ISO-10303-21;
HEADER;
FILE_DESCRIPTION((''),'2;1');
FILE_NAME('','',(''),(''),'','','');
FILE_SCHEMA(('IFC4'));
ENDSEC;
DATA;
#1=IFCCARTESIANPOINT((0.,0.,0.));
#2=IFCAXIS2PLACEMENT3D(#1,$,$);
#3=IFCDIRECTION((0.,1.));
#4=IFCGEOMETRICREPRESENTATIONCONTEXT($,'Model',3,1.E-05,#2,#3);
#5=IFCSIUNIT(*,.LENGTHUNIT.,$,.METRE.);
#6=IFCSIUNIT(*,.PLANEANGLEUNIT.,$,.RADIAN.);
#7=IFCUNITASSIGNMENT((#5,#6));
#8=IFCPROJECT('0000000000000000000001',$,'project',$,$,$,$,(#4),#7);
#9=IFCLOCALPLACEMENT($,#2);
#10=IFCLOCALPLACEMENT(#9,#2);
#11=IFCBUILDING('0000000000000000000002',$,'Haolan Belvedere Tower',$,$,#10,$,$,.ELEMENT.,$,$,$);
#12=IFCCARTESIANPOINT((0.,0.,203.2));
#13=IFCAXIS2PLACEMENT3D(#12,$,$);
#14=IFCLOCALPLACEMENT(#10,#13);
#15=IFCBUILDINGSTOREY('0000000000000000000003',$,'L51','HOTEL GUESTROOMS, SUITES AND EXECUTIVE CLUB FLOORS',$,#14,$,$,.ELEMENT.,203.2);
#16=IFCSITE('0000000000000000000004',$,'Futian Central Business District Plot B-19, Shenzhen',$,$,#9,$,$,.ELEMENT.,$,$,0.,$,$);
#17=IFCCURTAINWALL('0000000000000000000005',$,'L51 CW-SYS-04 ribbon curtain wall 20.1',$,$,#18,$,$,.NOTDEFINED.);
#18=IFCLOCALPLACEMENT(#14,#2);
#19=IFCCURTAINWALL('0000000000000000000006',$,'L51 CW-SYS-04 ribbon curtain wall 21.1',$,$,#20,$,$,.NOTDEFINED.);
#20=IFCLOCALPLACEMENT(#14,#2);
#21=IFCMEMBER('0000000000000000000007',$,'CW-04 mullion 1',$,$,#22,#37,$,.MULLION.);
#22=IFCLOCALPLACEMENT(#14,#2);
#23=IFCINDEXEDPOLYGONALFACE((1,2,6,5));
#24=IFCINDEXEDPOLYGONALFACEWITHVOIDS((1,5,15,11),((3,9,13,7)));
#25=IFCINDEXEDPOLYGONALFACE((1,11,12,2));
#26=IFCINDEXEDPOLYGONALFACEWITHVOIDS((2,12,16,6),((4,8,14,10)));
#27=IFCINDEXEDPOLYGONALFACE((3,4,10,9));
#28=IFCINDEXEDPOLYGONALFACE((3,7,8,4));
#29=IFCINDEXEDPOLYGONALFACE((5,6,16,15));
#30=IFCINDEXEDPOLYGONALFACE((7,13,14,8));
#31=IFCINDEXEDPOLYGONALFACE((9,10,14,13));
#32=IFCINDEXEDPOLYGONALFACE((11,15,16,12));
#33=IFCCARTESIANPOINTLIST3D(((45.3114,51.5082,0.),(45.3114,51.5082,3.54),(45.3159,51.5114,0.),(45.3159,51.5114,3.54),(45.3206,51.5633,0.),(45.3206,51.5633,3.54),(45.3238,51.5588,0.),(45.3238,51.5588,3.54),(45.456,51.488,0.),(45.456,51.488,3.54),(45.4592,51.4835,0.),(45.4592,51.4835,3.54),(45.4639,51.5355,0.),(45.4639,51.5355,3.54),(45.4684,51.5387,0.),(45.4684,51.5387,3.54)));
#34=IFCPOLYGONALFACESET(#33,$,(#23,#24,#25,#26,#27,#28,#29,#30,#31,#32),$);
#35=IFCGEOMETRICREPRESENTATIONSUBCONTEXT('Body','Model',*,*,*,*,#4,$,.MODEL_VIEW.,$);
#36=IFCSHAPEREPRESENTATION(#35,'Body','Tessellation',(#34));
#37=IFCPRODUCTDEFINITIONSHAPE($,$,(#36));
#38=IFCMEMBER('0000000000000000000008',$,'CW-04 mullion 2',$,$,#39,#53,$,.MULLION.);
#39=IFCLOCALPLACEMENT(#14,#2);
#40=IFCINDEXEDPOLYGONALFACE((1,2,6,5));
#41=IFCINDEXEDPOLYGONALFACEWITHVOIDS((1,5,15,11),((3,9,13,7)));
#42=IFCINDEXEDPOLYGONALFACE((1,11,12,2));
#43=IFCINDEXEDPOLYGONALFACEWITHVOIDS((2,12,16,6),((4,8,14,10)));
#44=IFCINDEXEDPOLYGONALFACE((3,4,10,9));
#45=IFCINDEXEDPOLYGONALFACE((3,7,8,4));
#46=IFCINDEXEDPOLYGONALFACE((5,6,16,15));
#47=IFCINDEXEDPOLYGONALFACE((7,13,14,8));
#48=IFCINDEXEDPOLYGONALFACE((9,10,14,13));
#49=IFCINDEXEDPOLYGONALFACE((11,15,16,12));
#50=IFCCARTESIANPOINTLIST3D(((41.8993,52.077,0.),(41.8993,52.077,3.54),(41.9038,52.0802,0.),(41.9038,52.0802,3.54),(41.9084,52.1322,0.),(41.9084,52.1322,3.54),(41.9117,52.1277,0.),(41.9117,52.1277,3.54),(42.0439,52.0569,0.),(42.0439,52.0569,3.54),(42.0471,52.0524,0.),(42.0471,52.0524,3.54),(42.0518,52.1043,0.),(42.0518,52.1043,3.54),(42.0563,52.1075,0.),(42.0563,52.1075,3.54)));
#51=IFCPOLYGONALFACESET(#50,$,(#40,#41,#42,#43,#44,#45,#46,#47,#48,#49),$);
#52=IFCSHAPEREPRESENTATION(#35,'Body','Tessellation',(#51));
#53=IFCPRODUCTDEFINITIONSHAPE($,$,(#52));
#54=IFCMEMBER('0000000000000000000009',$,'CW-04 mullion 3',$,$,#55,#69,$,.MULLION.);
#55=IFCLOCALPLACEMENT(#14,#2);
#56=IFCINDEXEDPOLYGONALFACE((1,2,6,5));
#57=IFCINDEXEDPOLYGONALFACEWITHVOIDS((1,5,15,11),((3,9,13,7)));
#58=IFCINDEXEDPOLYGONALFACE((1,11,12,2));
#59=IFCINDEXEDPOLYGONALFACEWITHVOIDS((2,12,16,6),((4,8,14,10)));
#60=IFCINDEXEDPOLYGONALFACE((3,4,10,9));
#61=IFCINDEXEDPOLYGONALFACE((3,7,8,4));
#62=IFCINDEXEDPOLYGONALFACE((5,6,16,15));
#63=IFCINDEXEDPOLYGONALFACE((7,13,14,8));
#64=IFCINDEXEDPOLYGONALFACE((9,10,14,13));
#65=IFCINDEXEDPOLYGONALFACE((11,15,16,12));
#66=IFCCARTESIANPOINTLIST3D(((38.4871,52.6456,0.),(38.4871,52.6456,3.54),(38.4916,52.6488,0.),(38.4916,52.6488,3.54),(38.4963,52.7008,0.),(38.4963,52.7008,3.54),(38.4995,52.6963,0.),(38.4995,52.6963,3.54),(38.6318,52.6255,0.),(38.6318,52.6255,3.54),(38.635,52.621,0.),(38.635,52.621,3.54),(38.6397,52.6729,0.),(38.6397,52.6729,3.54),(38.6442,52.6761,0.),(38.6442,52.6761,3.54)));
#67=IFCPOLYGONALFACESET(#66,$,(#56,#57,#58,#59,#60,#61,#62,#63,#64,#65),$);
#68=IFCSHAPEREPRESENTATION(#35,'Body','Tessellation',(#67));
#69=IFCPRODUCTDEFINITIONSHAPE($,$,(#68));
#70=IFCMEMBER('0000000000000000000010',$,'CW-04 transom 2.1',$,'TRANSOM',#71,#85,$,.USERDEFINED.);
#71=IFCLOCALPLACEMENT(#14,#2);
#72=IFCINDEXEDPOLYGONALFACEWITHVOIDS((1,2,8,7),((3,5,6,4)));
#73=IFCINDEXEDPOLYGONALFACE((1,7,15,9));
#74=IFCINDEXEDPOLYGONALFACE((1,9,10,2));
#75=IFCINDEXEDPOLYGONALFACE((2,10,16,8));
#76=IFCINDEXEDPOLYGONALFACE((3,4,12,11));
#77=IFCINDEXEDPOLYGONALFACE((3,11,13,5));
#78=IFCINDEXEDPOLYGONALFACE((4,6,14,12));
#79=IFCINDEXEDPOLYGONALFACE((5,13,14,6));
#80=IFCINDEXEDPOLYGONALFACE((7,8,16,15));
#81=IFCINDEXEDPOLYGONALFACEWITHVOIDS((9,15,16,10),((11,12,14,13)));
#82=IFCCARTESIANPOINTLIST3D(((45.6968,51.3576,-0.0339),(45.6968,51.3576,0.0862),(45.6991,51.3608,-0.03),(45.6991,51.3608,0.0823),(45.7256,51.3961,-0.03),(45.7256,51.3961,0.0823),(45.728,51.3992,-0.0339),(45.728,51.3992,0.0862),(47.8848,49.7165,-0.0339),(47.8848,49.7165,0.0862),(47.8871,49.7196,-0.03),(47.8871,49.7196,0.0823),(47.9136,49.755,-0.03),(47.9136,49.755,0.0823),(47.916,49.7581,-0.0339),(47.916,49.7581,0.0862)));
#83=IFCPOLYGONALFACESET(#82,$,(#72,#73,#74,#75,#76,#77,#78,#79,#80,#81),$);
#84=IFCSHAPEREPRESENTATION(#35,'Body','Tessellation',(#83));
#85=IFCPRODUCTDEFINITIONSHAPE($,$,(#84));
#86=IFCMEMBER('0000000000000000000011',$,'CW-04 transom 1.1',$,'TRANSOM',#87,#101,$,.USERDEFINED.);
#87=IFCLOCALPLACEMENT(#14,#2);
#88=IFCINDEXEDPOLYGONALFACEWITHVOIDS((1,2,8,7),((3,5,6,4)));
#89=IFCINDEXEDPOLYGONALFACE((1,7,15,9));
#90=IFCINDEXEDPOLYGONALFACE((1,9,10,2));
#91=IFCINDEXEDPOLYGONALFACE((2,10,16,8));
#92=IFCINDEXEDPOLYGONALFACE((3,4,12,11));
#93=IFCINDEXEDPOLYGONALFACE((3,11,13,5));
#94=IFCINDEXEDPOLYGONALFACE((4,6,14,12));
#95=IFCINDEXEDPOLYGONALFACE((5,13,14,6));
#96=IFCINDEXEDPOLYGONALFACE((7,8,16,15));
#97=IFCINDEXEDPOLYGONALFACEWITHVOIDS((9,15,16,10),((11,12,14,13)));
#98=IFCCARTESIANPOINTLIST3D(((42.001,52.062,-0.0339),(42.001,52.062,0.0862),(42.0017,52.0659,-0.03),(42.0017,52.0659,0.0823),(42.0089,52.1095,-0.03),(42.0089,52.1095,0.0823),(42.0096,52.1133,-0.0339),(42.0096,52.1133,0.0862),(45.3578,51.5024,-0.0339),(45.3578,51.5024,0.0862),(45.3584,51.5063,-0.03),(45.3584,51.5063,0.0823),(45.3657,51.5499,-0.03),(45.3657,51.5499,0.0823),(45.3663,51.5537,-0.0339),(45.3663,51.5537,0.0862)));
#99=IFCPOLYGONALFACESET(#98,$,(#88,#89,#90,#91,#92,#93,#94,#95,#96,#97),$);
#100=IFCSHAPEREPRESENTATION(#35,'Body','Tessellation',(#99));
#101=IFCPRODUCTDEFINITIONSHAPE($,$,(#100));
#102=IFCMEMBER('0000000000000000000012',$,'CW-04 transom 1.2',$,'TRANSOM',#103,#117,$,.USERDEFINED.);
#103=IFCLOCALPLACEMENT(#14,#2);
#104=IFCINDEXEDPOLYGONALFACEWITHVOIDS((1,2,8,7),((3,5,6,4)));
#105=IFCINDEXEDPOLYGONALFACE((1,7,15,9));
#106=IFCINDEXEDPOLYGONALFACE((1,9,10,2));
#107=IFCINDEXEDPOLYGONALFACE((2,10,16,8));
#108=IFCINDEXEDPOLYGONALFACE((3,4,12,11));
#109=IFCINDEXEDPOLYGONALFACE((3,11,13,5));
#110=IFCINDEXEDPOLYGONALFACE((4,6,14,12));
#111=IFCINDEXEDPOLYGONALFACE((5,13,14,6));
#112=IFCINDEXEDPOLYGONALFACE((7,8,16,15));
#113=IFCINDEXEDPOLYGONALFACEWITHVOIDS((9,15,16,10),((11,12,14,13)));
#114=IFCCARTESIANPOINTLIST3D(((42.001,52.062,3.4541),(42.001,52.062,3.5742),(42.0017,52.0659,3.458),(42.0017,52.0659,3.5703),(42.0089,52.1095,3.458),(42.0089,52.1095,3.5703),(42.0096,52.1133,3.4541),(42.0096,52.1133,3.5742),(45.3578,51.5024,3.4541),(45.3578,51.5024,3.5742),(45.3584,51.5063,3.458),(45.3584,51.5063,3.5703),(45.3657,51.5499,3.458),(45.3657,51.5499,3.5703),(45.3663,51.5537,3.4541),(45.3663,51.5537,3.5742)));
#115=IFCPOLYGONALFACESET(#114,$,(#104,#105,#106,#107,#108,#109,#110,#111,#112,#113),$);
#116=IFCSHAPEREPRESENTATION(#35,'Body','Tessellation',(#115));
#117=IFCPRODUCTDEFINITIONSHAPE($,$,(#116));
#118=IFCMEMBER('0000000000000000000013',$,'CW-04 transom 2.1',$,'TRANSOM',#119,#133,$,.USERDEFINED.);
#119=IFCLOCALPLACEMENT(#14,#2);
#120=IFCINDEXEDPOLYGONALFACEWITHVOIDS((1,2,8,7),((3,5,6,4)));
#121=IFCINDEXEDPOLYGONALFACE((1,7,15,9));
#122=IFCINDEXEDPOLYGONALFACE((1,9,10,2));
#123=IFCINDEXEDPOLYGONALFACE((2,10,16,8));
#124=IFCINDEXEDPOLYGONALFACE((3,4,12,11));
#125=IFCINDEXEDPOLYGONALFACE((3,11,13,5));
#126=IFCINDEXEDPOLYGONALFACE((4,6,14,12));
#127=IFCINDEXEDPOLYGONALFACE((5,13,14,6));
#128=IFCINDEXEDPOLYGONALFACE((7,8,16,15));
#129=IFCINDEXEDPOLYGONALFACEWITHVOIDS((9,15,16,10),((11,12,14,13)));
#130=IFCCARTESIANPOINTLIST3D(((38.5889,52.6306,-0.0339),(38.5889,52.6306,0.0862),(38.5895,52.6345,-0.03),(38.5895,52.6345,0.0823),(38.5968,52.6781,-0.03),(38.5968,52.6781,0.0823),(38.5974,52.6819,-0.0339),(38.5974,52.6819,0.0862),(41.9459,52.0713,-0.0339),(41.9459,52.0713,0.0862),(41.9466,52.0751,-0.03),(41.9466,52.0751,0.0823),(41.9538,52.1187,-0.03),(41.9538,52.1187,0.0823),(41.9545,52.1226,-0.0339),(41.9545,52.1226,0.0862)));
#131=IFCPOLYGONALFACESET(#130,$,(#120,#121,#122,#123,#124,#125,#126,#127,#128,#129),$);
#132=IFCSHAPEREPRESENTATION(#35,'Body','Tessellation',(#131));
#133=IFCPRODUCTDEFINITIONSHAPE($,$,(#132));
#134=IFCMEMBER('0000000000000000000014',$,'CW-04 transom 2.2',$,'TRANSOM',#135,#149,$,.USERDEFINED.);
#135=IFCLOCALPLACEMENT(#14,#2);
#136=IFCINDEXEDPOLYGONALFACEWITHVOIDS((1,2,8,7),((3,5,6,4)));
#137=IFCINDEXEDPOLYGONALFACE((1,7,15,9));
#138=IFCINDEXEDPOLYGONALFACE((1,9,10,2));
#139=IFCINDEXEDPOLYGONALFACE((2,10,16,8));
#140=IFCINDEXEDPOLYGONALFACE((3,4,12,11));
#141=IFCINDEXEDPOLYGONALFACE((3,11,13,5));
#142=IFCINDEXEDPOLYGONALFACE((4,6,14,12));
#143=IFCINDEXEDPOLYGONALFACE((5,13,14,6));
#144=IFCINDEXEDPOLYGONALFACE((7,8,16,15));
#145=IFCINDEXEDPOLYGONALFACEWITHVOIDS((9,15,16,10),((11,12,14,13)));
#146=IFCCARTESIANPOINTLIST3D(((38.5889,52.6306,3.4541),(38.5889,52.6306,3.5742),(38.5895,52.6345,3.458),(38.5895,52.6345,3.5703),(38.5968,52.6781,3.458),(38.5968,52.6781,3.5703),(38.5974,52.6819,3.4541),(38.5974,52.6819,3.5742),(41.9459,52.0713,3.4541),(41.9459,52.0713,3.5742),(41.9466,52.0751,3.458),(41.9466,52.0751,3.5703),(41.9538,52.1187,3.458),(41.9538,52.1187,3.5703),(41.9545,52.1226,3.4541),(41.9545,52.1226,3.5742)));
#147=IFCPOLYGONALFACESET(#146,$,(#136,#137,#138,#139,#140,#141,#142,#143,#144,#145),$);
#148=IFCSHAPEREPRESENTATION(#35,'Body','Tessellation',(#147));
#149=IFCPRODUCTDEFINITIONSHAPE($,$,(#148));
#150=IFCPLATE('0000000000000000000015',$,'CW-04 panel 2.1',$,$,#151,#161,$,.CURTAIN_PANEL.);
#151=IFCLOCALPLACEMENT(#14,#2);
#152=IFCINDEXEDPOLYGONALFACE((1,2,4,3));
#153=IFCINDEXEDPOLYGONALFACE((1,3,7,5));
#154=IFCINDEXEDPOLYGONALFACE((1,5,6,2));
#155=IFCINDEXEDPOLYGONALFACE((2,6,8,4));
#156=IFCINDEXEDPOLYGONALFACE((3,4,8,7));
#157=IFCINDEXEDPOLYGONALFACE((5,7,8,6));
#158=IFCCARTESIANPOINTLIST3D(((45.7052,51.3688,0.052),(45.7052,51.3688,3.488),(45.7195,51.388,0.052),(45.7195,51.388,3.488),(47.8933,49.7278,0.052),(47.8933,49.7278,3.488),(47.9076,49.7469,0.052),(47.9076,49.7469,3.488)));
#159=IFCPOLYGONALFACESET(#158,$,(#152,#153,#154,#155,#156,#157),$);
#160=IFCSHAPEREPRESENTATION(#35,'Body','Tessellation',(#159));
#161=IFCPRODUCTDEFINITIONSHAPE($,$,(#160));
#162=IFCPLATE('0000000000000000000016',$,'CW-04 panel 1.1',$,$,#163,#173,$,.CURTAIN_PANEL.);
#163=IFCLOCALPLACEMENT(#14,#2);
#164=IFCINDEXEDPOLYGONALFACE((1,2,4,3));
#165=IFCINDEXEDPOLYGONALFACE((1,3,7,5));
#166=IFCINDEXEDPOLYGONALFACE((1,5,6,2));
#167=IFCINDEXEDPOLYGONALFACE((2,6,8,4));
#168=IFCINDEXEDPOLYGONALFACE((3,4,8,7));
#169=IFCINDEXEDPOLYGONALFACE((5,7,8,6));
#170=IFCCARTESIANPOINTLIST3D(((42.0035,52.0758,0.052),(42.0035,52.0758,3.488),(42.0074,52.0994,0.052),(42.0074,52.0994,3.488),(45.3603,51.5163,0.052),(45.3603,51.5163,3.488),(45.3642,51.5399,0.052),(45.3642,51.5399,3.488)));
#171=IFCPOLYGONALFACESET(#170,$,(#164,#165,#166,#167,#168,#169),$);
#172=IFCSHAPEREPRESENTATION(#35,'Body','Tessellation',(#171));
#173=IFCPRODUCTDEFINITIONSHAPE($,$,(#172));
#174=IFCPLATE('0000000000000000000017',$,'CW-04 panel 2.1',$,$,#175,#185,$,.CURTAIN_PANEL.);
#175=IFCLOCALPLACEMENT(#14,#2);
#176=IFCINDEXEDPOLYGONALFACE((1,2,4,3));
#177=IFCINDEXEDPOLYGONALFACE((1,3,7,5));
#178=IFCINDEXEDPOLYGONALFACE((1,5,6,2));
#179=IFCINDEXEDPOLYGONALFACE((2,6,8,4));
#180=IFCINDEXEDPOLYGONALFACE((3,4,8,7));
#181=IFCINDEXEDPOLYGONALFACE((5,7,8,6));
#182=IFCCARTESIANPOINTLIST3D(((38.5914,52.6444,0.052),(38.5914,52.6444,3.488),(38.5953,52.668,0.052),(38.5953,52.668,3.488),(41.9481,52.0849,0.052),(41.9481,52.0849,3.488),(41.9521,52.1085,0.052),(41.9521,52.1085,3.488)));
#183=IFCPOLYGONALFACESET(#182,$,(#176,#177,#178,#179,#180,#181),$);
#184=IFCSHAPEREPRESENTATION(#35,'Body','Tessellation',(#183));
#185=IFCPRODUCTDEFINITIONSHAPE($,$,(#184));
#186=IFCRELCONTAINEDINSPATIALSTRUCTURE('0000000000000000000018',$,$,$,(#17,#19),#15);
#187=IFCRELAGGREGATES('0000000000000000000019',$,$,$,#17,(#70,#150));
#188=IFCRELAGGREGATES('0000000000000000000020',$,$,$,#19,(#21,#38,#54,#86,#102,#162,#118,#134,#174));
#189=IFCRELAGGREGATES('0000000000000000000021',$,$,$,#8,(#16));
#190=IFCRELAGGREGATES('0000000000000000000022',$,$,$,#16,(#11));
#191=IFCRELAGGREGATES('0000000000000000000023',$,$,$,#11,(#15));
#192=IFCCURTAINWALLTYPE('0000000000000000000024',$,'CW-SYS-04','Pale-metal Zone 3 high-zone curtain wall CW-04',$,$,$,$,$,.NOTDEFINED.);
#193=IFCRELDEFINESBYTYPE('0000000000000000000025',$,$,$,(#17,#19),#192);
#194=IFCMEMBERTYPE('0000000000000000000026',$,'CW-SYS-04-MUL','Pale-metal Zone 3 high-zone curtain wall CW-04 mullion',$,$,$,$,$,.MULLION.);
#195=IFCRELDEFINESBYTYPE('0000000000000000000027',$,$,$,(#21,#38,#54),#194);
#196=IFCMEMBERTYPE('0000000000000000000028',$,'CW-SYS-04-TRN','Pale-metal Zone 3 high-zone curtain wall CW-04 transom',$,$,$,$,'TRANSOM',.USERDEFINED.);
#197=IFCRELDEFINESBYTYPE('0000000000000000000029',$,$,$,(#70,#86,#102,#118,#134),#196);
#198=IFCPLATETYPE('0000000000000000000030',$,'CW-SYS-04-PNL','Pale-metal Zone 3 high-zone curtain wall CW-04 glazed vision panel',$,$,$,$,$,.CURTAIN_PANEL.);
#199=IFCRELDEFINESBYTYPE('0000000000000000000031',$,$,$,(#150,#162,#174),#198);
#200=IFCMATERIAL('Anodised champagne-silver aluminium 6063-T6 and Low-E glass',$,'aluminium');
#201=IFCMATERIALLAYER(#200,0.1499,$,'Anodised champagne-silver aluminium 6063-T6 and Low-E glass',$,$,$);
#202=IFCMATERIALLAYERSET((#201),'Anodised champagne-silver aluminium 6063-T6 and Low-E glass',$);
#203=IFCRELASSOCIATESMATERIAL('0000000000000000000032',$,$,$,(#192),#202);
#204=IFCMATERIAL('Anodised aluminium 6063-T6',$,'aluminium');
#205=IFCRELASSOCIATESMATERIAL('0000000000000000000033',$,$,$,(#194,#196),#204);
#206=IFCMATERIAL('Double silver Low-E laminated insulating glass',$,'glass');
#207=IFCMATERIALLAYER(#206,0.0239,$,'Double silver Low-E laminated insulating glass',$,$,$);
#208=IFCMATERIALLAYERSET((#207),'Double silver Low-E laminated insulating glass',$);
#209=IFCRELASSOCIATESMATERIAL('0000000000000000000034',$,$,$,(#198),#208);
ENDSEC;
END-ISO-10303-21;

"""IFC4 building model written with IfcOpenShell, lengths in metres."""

from ifc_helpers import new_model, si_unit, direction, frame, origin, origin_2d, place, context, subcontext, project, spatial, rectangle, hollow_rectangle, extrude, material, layer, layer_set, material_profile, profile_set, type_object, element, aggregate, save


model = new_model("IFC4")

# Units and contexts
model_context = context("Model", 3, precision=1e-05, world=origin(), true_north=direction((0.0, 1.0)))
body_context = subcontext(model_context, "Body", "Model", "MODEL_VIEW")
ifc_project = project(units=[si_unit("LENGTHUNIT", "METRE"), si_unit("PLANEANGLEUNIT", "RADIAN")], contexts=[model_context])

# Site, building, storey
site_placement = place(None, origin())
site = spatial("IfcSite", under=ifc_project, at=site_placement, Name="Futian Central Business District Plot B-19, Shenzhen", CompositionType="ELEMENT", RefElevation=0.0)
building_placement = place(site_placement, origin())
building = spatial("IfcBuilding", under=site, at=building_placement, Name="Haolan Belvedere Tower", CompositionType="ELEMENT")
storey_placement = place(building_placement, frame((0.0, 0.0, 203.2)))
storey = spatial("IfcBuildingStorey", under=building, at=storey_placement, Name="L51", Description="HOTEL GUESTROOMS, SUITES AND EXECUTIVE CLUB FLOORS", CompositionType="ELEMENT", Elevation=203.2)

# Curtain wall
ifc_material_1 = material(Name="Anodised champagne-silver aluminium 6063-T6 and Low-E glass", Category="aluminium")
ifc_layer_1 = layer(ifc_material_1, 0.1499, Name="Anodised champagne-silver aluminium 6063-T6 and Low-E glass")
ifc_layer_set_1 = layer_set([ifc_layer_1], Name="Anodised champagne-silver aluminium 6063-T6 and Low-E glass")
curtain_wall_type = type_object("IfcCurtainWallType", Name="CW-SYS-04", Description="Pale-metal Zone 3 high-zone curtain wall CW-04", PredefinedType="NOTDEFINED", material=ifc_layer_set_1)
curtain_wall_1_placement = place(storey_placement, origin())
curtain_wall_1 = element("IfcCurtainWall", 1, at=curtain_wall_1_placement, inside=storey, type_object=curtain_wall_type, Name="L51 CW-SYS-04 ribbon curtain wall 20.1", PredefinedType="NOTDEFINED")
ifc_material_2 = material(Name="Anodised aluminium 6063-T6", Category="aluminium")
ifc_material_profile_1 = material_profile(ifc_material_2, hollow_rectangle(XDim=0.0559, YDim=0.1499, WallThickness=0.0039, at=origin_2d()), Name="Anodised aluminium 6063-T6")
ifc_profile_set_1 = profile_set([ifc_material_profile_1], Name="Anodised aluminium 6063-T6")
member_type_1 = type_object("IfcMemberType", Name="CW-SYS-04-MUL", Description="Pale-metal Zone 3 high-zone curtain wall CW-04 mullion", PredefinedType="MULLION", material=ifc_profile_set_1)

# Curtain wall, members
curtain_wall_2_placement = place(storey_placement, origin())
curtain_wall_2 = element("IfcCurtainWall", 2, at=curtain_wall_2_placement, inside=storey, type_object=curtain_wall_type, Name="L51 CW-SYS-04 ribbon curtain wall 21.1", PredefinedType="NOTDEFINED")
member_1_placement = place(storey_placement, frame((45.3899, 51.5234, 0.0), z_axis=(0.0, 0.0, 1.0), x_axis=(-0.164406, -0.986393, 0.0)))
member_1 = element("IfcMember", 3, at=member_1_placement, type_object=member_type_1, Name="CW-04 mullion 1", PredefinedType="MULLION", context=body_context, shape_type="SweptSolid", body=[
    extrude(hollow_rectangle(XDim=0.0559, YDim=0.1499, WallThickness=0.0039, at=origin_2d()), origin(), (0.0, 0.0, 1.0), 3.54),
])
member_2_placement = place(storey_placement, frame((41.9778, 52.0923, 0.0), z_axis=(0.0, 0.0, 1.0), x_axis=(-0.164406, -0.986393, 0.0)))
member_2 = element("IfcMember", 4, at=member_2_placement, type_object=member_type_1, Name="CW-04 mullion 2", PredefinedType="MULLION", context=body_context, shape_type="SweptSolid", body=[
    extrude(hollow_rectangle(XDim=0.0559, YDim=0.1499, WallThickness=0.0039, at=origin_2d()), origin(), (0.0, 0.0, 1.0), 3.54),
])
member_3_placement = place(storey_placement, frame((38.5657, 52.6609, 0.0), z_axis=(0.0, 0.0, 1.0), x_axis=(-0.164406, -0.986393, 0.0)))
member_3 = element("IfcMember", 5, at=member_3_placement, type_object=member_type_1, Name="CW-04 mullion 3", PredefinedType="MULLION", context=body_context, shape_type="SweptSolid", body=[
    extrude(hollow_rectangle(XDim=0.0559, YDim=0.1499, WallThickness=0.0039, at=origin_2d()), origin(), (0.0, 0.0, 1.0), 3.54),
])

# Members
ifc_material_profile_2 = material_profile(ifc_material_2, hollow_rectangle(XDim=0.052, YDim=0.1201, WallThickness=0.0039, at=origin_2d()), Name="Anodised aluminium 6063-T6")
ifc_profile_set_2 = profile_set([ifc_material_profile_2], Name="Anodised aluminium 6063-T6")
member_type_2 = type_object("IfcMemberType", Name="CW-SYS-04-TRN", Description="Pale-metal Zone 3 high-zone curtain wall CW-04 transom", ElementType="TRANSOM", PredefinedType="USERDEFINED", material=ifc_profile_set_2)
member_4_placement = place(storey_placement, frame((47.9004, 49.7373, 0.0261), z_axis=(-0.799979, 0.600029, 0.0), x_axis=(-0.600029, -0.799979, 0.0)))
member_4 = element("IfcMember", 6, at=member_4_placement, type_object=member_type_2, Name="CW-04 transom 2.1", ObjectType="TRANSOM", PredefinedType="USERDEFINED", context=body_context, shape_type="SweptSolid", body=[
    extrude(hollow_rectangle(XDim=0.052, YDim=0.1201, WallThickness=0.0039, at=origin_2d()), origin(), (0.0, 0.0, 1.0), 2.7351),
])
member_5_placement = place(storey_placement, frame((45.3621, 51.5281, 0.0261), z_axis=(-0.986388, 0.164434, 0.0), x_axis=(-0.164434, -0.986388, 0.0)))
member_5 = element("IfcMember", 7, at=member_5_placement, type_object=member_type_2, Name="CW-04 transom 1.1", ObjectType="TRANSOM", PredefinedType="USERDEFINED", context=body_context, shape_type="SweptSolid", body=[
    extrude(hollow_rectangle(XDim=0.052, YDim=0.1201, WallThickness=0.0039, at=origin_2d()), origin(), (0.0, 0.0, 1.0), 3.4031),
])
member_6_placement = place(storey_placement, frame((45.3621, 51.5281, 3.5142), z_axis=(-0.986388, 0.164434, 0.0), x_axis=(-0.164434, -0.986388, 0.0)))
member_6 = element("IfcMember", 8, at=member_6_placement, type_object=member_type_2, Name="CW-04 transom 1.2", ObjectType="TRANSOM", PredefinedType="USERDEFINED", context=body_context, shape_type="SweptSolid", body=[
    extrude(hollow_rectangle(XDim=0.052, YDim=0.1201, WallThickness=0.0039, at=origin_2d()), origin(), (0.0, 0.0, 1.0), 3.4031),
])
member_7_placement = place(storey_placement, frame((41.9502, 52.0969, 0.0261), z_axis=(-0.986402, 0.164352, 0.0), x_axis=(-0.164352, -0.986402, 0.0)))
member_7 = element("IfcMember", 9, at=member_7_placement, type_object=member_type_2, Name="CW-04 transom 2.1", ObjectType="TRANSOM", PredefinedType="USERDEFINED", context=body_context, shape_type="SweptSolid", body=[
    extrude(hollow_rectangle(XDim=0.052, YDim=0.1201, WallThickness=0.0039, at=origin_2d()), origin(), (0.0, 0.0, 1.0), 3.4033),
])
member_8_placement = place(storey_placement, frame((41.9502, 52.0969, 3.5142), z_axis=(-0.986402, 0.164352, 0.0), x_axis=(-0.164352, -0.986402, 0.0)))
member_8 = element("IfcMember", 10, at=member_8_placement, type_object=member_type_2, Name="CW-04 transom 2.2", ObjectType="TRANSOM", PredefinedType="USERDEFINED", context=body_context, shape_type="SweptSolid", body=[
    extrude(hollow_rectangle(XDim=0.052, YDim=0.1201, WallThickness=0.0039, at=origin_2d()), origin(), (0.0, 0.0, 1.0), 3.4033),
])

# Plates
ifc_material_3 = material(Name="Double silver Low-E laminated insulating glass", Category="glass")
ifc_layer_2 = layer(ifc_material_3, 0.0239, Name="Double silver Low-E laminated insulating glass")
ifc_layer_set_2 = layer_set([ifc_layer_2], Name="Double silver Low-E laminated insulating glass")
plate_type = type_object("IfcPlateType", Name="CW-SYS-04-PNL", Description="Pale-metal Zone 3 high-zone curtain wall CW-04 glazed vision panel", PredefinedType="CURTAIN_PANEL", material=ifc_layer_set_2)
plate_1_placement = place(storey_placement, frame((46.8064, 50.5579, 0.052), z_axis=(0.0, 0.0, 1.0), x_axis=(-0.799998, 0.600003, 0.0)))
plate_1 = element("IfcPlate", 11, at=plate_1_placement, type_object=plate_type, Name="CW-04 panel 2.1", PredefinedType="CURTAIN_PANEL", context=body_context, shape_type="SweptSolid", body=[
    extrude(rectangle(XDim=2.7351, YDim=0.0239, at=origin_2d()), origin(), (0.0, 0.0, 1.0), 3.436),
])
aggregate(curtain_wall_1, [member_4, plate_1])
plate_2_placement = place(storey_placement, frame((43.6838, 51.8079, 0.052), z_axis=(0.0, 0.0, 1.0), x_axis=(-0.986393, 0.164406, 0.0)))
plate_2 = element("IfcPlate", 12, at=plate_2_placement, type_object=plate_type, Name="CW-04 panel 1.1", PredefinedType="CURTAIN_PANEL", context=body_context, shape_type="SweptSolid", body=[
    extrude(rectangle(XDim=3.4031, YDim=0.0239, at=origin_2d()), origin(), (0.0, 0.0, 1.0), 3.436),
])
plate_3_placement = place(storey_placement, frame((40.2717, 52.3765, 0.052), z_axis=(0.0, 0.0, 1.0), x_axis=(-0.986393, 0.164406, 0.0)))
plate_3 = element("IfcPlate", 13, at=plate_3_placement, type_object=plate_type, Name="CW-04 panel 2.1", PredefinedType="CURTAIN_PANEL", context=body_context, shape_type="SweptSolid", body=[
    extrude(rectangle(XDim=3.4031, YDim=0.0239, at=origin_2d()), origin(), (0.0, 0.0, 1.0), 3.436),
])
aggregate(curtain_wall_2, [member_1, member_2, member_3, member_5, member_6, plate_2, member_7, member_8, plate_3])

save(model, "model.ifc")
